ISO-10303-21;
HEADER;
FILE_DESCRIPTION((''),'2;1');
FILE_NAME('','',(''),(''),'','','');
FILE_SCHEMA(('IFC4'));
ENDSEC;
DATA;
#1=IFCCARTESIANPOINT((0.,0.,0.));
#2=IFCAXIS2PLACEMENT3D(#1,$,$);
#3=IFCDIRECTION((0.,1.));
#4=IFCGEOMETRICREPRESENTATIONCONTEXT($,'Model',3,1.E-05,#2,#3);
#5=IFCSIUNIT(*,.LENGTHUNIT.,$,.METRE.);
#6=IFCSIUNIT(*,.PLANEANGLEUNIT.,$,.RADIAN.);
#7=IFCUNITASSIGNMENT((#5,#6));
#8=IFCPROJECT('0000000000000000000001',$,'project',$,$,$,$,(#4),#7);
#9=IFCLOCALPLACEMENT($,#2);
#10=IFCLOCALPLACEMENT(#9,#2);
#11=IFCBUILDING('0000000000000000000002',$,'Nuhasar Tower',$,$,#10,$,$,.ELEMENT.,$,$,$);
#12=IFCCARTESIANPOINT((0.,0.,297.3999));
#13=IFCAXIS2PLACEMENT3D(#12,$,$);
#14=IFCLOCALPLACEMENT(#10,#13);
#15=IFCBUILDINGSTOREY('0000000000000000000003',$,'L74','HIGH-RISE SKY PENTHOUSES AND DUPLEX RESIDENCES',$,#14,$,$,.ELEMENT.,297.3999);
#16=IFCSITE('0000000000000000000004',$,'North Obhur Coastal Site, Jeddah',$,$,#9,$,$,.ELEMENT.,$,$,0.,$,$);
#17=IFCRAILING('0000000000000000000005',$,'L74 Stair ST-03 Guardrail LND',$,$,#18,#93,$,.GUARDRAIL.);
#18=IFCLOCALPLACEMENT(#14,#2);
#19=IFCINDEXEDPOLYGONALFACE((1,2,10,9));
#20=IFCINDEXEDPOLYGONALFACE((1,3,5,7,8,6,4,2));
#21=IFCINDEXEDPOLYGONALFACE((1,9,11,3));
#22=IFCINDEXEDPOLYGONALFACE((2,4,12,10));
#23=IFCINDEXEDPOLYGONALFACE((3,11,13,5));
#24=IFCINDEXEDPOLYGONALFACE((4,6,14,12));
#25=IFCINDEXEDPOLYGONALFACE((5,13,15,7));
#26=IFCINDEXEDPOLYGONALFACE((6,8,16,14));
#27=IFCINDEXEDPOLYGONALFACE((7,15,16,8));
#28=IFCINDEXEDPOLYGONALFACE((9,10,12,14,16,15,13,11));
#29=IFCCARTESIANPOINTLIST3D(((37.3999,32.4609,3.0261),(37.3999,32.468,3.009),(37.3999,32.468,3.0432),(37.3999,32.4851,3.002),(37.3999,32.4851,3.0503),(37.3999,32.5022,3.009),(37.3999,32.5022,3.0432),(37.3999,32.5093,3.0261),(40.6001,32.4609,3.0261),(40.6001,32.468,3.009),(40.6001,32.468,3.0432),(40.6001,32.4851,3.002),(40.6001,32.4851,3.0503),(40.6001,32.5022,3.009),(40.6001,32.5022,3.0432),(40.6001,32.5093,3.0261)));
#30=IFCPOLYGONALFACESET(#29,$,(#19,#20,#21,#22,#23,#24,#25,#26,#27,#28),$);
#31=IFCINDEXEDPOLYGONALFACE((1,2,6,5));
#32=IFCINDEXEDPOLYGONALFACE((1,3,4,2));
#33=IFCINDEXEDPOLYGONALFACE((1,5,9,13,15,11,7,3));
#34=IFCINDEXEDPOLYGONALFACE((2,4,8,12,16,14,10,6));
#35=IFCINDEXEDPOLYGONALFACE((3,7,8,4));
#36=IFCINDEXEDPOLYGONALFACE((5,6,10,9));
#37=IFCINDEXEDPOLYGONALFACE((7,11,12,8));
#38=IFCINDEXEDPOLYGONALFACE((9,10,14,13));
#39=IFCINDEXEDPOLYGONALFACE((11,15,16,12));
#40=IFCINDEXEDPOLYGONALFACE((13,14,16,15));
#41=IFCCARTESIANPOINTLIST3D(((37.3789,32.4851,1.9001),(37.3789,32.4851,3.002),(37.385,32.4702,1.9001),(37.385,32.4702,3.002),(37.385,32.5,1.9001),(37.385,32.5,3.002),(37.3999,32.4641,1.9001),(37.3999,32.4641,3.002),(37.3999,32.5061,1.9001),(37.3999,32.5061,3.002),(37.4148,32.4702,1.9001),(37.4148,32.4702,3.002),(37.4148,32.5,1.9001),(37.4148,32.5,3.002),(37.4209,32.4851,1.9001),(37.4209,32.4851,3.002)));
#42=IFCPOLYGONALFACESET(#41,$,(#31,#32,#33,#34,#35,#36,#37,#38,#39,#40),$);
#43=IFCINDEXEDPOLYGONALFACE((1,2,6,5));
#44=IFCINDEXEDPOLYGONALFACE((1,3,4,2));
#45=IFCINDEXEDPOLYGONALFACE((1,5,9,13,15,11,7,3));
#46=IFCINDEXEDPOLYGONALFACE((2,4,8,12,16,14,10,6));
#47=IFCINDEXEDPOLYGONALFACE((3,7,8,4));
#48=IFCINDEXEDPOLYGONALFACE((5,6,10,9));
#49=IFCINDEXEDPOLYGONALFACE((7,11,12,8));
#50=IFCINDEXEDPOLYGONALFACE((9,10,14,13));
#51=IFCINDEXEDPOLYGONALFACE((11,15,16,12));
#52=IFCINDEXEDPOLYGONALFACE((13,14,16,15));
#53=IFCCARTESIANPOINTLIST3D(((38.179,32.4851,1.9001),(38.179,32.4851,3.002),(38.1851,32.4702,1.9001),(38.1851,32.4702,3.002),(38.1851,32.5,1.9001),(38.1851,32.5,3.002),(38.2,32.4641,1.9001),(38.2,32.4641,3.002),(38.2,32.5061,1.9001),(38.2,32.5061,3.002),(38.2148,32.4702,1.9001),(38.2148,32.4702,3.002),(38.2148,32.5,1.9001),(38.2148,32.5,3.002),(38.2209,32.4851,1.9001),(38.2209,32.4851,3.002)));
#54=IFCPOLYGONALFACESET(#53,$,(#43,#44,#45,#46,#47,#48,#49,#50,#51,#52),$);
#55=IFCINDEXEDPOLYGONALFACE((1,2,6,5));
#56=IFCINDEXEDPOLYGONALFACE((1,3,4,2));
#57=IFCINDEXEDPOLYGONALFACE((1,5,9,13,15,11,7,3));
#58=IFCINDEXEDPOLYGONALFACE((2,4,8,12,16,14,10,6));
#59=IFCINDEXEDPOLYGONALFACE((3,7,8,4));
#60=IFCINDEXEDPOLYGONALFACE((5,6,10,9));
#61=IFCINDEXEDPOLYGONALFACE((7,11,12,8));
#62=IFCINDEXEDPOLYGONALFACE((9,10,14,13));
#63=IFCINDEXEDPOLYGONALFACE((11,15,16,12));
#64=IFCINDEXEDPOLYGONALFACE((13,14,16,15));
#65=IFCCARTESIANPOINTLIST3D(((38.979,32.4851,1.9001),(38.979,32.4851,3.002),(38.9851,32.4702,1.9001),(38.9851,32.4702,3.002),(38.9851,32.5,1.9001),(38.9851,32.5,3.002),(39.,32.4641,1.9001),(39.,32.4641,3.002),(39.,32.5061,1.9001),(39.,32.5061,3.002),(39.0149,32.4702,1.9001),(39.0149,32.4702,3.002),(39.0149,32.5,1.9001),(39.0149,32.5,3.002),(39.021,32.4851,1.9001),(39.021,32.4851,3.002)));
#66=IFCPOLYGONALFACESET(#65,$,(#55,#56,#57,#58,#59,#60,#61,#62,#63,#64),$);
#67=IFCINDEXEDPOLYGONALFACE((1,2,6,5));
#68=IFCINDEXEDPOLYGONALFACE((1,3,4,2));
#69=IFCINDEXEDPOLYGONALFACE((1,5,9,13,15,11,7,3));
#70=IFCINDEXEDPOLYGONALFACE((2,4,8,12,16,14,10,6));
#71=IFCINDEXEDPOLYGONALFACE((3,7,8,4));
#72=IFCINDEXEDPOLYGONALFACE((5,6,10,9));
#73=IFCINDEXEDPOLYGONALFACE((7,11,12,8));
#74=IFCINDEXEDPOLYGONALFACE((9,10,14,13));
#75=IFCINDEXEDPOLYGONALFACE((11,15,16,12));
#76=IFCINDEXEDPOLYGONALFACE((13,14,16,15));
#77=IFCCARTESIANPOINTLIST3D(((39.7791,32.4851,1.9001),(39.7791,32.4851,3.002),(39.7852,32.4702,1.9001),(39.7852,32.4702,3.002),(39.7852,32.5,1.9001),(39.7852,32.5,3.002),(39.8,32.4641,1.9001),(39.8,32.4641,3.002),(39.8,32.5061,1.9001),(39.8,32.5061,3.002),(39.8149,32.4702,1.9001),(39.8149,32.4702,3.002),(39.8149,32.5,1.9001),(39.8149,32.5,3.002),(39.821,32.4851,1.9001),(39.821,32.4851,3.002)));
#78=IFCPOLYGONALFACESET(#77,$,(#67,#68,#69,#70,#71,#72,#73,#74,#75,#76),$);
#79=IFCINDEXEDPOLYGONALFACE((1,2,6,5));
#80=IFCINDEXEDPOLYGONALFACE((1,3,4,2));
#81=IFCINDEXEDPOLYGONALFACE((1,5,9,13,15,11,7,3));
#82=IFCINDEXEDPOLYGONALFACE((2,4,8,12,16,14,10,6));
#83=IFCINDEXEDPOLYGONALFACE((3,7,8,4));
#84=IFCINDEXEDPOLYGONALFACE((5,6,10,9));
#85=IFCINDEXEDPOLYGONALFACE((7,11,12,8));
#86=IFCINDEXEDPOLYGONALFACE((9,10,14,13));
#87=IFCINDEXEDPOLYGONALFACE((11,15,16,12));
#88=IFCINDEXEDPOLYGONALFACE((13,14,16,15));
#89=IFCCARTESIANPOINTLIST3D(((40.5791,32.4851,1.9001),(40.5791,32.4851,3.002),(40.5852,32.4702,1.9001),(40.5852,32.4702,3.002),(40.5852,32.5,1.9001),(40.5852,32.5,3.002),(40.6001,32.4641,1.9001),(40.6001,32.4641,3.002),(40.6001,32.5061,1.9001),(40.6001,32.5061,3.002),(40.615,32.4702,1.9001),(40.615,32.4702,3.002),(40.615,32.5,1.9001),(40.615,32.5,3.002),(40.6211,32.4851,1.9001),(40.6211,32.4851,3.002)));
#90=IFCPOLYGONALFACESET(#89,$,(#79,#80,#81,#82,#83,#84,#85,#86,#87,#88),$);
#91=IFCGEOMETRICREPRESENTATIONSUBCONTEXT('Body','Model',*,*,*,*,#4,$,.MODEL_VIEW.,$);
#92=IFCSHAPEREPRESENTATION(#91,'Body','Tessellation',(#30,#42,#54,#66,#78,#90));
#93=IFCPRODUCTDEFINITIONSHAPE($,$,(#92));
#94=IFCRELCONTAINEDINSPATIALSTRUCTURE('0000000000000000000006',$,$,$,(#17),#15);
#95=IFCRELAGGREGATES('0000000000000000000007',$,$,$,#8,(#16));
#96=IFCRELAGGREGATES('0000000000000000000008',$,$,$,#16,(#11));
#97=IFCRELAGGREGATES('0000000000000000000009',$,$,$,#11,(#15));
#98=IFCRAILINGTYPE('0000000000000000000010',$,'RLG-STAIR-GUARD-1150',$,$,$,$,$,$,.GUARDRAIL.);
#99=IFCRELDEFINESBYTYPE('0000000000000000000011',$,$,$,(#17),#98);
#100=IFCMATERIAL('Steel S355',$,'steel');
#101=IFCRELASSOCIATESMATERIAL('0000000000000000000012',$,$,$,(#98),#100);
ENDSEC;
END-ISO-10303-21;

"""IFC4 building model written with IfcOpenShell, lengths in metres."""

from ifc_helpers import new_model, si_unit, direction, frame, origin, place, context, subcontext, project, spatial, polyline, outline, extrude, material, type_object, element, save


model = new_model("IFC4")

# Units and contexts
model_context = context("Model", 3, precision=1e-05, world=origin(), true_north=direction((0.0, 1.0)))
body_context = subcontext(model_context, "Body", "Model", "MODEL_VIEW")
ifc_project = project(units=[si_unit("LENGTHUNIT", "METRE"), si_unit("PLANEANGLEUNIT", "RADIAN")], contexts=[model_context])

# Site, building, storey
site_placement = place(None, origin())
site = spatial("IfcSite", under=ifc_project, at=site_placement, Name="North Obhur Coastal Site, Jeddah", CompositionType="ELEMENT", RefElevation=0.0)
building_placement = place(site_placement, origin())
building = spatial("IfcBuilding", under=site, at=building_placement, Name="Nuhasar Tower", CompositionType="ELEMENT")
storey_placement = place(building_placement, frame((0.0, 0.0, 297.3999)))
storey = spatial("IfcBuildingStorey", under=building, at=storey_placement, Name="L74", Description="HIGH-RISE SKY PENTHOUSES AND DUPLEX RESIDENCES", CompositionType="ELEMENT", Elevation=297.3999)

# Shared definitions
ifc_material_1 = material(Name="Steel S355", Category="steel")

# Railing
railing_type_1 = type_object("IfcRailingType", Name="RLG-STAIR-GUARD-1150", PredefinedType="GUARDRAIL", material=ifc_material_1)
railing_1_placement = place(storey_placement, frame((37.3999, 32.4851, 1.9001)))
element("IfcRailing", 1, at=railing_1_placement, inside=storey, type_object=railing_type_1, Name="L74 Stair ST-03 Guardrail LND", PredefinedType="GUARDRAIL", context=body_context, shape_type="SweptSolid", body=[
    extrude(outline(polyline([(0.0242, 0.0), (0.0171, 0.0171), (0.0, 0.0242), (-0.0171, 0.0171), (-0.0242, 0.0), (-0.0171, -0.0171), (0.0, -0.0242), (0.0171, -0.0171), (0.0242, 0.0)])), frame((0.0, 0.0, 1.126), z_axis=(1.0, 0.0, 0.0), x_axis=(0.0, 1.0, 0.0)), (0.0, 0.0, 1.0), 3.2002),
    extrude(outline(polyline([(0.021, 0.0), (0.0149, 0.0149), (0.0, 0.021), (-0.0149, 0.0149), (-0.021, 0.0), (-0.0149, -0.0149), (0.0, -0.021), (0.0149, -0.0149), (0.021, 0.0)])), origin(), (0.0, 0.0, 1.0), 1.1018),
    extrude(outline(polyline([(0.021, 0.0), (0.0149, 0.0149), (0.0, 0.021), (-0.0149, 0.0149), (-0.021, 0.0), (-0.0149, -0.0149), (0.0, -0.021), (0.0149, -0.0149), (0.021, 0.0)])), frame((0.8, 0.0, 0.0)), (0.0, 0.0, 1.0), 1.1018),
    extrude(outline(polyline([(0.021, 0.0), (0.0149, 0.0149), (0.0, 0.021), (-0.0149, 0.0149), (-0.021, 0.0), (-0.0149, -0.0149), (0.0, -0.021), (0.0149, -0.0149), (0.021, 0.0)])), frame((1.6001, 0.0, 0.0)), (0.0, 0.0, 1.0), 1.1018),
    extrude(outline(polyline([(0.021, 0.0), (0.0149, 0.0149), (0.0, 0.021), (-0.0149, 0.0149), (-0.021, 0.0), (-0.0149, -0.0149), (0.0, -0.021), (0.0149, -0.0149), (0.021, 0.0)])), frame((2.4001, 0.0, 0.0)), (0.0, 0.0, 1.0), 1.1018),
    extrude(outline(polyline([(0.021, 0.0), (0.0149, 0.0149), (0.0, 0.021), (-0.0149, 0.0149), (-0.021, 0.0), (-0.0149, -0.0149), (0.0, -0.021), (0.0149, -0.0149), (0.021, 0.0)])), frame((3.2002, 0.0, 0.0)), (0.0, 0.0, 1.0), 1.1018),
])

save(model, "model.ifc")
